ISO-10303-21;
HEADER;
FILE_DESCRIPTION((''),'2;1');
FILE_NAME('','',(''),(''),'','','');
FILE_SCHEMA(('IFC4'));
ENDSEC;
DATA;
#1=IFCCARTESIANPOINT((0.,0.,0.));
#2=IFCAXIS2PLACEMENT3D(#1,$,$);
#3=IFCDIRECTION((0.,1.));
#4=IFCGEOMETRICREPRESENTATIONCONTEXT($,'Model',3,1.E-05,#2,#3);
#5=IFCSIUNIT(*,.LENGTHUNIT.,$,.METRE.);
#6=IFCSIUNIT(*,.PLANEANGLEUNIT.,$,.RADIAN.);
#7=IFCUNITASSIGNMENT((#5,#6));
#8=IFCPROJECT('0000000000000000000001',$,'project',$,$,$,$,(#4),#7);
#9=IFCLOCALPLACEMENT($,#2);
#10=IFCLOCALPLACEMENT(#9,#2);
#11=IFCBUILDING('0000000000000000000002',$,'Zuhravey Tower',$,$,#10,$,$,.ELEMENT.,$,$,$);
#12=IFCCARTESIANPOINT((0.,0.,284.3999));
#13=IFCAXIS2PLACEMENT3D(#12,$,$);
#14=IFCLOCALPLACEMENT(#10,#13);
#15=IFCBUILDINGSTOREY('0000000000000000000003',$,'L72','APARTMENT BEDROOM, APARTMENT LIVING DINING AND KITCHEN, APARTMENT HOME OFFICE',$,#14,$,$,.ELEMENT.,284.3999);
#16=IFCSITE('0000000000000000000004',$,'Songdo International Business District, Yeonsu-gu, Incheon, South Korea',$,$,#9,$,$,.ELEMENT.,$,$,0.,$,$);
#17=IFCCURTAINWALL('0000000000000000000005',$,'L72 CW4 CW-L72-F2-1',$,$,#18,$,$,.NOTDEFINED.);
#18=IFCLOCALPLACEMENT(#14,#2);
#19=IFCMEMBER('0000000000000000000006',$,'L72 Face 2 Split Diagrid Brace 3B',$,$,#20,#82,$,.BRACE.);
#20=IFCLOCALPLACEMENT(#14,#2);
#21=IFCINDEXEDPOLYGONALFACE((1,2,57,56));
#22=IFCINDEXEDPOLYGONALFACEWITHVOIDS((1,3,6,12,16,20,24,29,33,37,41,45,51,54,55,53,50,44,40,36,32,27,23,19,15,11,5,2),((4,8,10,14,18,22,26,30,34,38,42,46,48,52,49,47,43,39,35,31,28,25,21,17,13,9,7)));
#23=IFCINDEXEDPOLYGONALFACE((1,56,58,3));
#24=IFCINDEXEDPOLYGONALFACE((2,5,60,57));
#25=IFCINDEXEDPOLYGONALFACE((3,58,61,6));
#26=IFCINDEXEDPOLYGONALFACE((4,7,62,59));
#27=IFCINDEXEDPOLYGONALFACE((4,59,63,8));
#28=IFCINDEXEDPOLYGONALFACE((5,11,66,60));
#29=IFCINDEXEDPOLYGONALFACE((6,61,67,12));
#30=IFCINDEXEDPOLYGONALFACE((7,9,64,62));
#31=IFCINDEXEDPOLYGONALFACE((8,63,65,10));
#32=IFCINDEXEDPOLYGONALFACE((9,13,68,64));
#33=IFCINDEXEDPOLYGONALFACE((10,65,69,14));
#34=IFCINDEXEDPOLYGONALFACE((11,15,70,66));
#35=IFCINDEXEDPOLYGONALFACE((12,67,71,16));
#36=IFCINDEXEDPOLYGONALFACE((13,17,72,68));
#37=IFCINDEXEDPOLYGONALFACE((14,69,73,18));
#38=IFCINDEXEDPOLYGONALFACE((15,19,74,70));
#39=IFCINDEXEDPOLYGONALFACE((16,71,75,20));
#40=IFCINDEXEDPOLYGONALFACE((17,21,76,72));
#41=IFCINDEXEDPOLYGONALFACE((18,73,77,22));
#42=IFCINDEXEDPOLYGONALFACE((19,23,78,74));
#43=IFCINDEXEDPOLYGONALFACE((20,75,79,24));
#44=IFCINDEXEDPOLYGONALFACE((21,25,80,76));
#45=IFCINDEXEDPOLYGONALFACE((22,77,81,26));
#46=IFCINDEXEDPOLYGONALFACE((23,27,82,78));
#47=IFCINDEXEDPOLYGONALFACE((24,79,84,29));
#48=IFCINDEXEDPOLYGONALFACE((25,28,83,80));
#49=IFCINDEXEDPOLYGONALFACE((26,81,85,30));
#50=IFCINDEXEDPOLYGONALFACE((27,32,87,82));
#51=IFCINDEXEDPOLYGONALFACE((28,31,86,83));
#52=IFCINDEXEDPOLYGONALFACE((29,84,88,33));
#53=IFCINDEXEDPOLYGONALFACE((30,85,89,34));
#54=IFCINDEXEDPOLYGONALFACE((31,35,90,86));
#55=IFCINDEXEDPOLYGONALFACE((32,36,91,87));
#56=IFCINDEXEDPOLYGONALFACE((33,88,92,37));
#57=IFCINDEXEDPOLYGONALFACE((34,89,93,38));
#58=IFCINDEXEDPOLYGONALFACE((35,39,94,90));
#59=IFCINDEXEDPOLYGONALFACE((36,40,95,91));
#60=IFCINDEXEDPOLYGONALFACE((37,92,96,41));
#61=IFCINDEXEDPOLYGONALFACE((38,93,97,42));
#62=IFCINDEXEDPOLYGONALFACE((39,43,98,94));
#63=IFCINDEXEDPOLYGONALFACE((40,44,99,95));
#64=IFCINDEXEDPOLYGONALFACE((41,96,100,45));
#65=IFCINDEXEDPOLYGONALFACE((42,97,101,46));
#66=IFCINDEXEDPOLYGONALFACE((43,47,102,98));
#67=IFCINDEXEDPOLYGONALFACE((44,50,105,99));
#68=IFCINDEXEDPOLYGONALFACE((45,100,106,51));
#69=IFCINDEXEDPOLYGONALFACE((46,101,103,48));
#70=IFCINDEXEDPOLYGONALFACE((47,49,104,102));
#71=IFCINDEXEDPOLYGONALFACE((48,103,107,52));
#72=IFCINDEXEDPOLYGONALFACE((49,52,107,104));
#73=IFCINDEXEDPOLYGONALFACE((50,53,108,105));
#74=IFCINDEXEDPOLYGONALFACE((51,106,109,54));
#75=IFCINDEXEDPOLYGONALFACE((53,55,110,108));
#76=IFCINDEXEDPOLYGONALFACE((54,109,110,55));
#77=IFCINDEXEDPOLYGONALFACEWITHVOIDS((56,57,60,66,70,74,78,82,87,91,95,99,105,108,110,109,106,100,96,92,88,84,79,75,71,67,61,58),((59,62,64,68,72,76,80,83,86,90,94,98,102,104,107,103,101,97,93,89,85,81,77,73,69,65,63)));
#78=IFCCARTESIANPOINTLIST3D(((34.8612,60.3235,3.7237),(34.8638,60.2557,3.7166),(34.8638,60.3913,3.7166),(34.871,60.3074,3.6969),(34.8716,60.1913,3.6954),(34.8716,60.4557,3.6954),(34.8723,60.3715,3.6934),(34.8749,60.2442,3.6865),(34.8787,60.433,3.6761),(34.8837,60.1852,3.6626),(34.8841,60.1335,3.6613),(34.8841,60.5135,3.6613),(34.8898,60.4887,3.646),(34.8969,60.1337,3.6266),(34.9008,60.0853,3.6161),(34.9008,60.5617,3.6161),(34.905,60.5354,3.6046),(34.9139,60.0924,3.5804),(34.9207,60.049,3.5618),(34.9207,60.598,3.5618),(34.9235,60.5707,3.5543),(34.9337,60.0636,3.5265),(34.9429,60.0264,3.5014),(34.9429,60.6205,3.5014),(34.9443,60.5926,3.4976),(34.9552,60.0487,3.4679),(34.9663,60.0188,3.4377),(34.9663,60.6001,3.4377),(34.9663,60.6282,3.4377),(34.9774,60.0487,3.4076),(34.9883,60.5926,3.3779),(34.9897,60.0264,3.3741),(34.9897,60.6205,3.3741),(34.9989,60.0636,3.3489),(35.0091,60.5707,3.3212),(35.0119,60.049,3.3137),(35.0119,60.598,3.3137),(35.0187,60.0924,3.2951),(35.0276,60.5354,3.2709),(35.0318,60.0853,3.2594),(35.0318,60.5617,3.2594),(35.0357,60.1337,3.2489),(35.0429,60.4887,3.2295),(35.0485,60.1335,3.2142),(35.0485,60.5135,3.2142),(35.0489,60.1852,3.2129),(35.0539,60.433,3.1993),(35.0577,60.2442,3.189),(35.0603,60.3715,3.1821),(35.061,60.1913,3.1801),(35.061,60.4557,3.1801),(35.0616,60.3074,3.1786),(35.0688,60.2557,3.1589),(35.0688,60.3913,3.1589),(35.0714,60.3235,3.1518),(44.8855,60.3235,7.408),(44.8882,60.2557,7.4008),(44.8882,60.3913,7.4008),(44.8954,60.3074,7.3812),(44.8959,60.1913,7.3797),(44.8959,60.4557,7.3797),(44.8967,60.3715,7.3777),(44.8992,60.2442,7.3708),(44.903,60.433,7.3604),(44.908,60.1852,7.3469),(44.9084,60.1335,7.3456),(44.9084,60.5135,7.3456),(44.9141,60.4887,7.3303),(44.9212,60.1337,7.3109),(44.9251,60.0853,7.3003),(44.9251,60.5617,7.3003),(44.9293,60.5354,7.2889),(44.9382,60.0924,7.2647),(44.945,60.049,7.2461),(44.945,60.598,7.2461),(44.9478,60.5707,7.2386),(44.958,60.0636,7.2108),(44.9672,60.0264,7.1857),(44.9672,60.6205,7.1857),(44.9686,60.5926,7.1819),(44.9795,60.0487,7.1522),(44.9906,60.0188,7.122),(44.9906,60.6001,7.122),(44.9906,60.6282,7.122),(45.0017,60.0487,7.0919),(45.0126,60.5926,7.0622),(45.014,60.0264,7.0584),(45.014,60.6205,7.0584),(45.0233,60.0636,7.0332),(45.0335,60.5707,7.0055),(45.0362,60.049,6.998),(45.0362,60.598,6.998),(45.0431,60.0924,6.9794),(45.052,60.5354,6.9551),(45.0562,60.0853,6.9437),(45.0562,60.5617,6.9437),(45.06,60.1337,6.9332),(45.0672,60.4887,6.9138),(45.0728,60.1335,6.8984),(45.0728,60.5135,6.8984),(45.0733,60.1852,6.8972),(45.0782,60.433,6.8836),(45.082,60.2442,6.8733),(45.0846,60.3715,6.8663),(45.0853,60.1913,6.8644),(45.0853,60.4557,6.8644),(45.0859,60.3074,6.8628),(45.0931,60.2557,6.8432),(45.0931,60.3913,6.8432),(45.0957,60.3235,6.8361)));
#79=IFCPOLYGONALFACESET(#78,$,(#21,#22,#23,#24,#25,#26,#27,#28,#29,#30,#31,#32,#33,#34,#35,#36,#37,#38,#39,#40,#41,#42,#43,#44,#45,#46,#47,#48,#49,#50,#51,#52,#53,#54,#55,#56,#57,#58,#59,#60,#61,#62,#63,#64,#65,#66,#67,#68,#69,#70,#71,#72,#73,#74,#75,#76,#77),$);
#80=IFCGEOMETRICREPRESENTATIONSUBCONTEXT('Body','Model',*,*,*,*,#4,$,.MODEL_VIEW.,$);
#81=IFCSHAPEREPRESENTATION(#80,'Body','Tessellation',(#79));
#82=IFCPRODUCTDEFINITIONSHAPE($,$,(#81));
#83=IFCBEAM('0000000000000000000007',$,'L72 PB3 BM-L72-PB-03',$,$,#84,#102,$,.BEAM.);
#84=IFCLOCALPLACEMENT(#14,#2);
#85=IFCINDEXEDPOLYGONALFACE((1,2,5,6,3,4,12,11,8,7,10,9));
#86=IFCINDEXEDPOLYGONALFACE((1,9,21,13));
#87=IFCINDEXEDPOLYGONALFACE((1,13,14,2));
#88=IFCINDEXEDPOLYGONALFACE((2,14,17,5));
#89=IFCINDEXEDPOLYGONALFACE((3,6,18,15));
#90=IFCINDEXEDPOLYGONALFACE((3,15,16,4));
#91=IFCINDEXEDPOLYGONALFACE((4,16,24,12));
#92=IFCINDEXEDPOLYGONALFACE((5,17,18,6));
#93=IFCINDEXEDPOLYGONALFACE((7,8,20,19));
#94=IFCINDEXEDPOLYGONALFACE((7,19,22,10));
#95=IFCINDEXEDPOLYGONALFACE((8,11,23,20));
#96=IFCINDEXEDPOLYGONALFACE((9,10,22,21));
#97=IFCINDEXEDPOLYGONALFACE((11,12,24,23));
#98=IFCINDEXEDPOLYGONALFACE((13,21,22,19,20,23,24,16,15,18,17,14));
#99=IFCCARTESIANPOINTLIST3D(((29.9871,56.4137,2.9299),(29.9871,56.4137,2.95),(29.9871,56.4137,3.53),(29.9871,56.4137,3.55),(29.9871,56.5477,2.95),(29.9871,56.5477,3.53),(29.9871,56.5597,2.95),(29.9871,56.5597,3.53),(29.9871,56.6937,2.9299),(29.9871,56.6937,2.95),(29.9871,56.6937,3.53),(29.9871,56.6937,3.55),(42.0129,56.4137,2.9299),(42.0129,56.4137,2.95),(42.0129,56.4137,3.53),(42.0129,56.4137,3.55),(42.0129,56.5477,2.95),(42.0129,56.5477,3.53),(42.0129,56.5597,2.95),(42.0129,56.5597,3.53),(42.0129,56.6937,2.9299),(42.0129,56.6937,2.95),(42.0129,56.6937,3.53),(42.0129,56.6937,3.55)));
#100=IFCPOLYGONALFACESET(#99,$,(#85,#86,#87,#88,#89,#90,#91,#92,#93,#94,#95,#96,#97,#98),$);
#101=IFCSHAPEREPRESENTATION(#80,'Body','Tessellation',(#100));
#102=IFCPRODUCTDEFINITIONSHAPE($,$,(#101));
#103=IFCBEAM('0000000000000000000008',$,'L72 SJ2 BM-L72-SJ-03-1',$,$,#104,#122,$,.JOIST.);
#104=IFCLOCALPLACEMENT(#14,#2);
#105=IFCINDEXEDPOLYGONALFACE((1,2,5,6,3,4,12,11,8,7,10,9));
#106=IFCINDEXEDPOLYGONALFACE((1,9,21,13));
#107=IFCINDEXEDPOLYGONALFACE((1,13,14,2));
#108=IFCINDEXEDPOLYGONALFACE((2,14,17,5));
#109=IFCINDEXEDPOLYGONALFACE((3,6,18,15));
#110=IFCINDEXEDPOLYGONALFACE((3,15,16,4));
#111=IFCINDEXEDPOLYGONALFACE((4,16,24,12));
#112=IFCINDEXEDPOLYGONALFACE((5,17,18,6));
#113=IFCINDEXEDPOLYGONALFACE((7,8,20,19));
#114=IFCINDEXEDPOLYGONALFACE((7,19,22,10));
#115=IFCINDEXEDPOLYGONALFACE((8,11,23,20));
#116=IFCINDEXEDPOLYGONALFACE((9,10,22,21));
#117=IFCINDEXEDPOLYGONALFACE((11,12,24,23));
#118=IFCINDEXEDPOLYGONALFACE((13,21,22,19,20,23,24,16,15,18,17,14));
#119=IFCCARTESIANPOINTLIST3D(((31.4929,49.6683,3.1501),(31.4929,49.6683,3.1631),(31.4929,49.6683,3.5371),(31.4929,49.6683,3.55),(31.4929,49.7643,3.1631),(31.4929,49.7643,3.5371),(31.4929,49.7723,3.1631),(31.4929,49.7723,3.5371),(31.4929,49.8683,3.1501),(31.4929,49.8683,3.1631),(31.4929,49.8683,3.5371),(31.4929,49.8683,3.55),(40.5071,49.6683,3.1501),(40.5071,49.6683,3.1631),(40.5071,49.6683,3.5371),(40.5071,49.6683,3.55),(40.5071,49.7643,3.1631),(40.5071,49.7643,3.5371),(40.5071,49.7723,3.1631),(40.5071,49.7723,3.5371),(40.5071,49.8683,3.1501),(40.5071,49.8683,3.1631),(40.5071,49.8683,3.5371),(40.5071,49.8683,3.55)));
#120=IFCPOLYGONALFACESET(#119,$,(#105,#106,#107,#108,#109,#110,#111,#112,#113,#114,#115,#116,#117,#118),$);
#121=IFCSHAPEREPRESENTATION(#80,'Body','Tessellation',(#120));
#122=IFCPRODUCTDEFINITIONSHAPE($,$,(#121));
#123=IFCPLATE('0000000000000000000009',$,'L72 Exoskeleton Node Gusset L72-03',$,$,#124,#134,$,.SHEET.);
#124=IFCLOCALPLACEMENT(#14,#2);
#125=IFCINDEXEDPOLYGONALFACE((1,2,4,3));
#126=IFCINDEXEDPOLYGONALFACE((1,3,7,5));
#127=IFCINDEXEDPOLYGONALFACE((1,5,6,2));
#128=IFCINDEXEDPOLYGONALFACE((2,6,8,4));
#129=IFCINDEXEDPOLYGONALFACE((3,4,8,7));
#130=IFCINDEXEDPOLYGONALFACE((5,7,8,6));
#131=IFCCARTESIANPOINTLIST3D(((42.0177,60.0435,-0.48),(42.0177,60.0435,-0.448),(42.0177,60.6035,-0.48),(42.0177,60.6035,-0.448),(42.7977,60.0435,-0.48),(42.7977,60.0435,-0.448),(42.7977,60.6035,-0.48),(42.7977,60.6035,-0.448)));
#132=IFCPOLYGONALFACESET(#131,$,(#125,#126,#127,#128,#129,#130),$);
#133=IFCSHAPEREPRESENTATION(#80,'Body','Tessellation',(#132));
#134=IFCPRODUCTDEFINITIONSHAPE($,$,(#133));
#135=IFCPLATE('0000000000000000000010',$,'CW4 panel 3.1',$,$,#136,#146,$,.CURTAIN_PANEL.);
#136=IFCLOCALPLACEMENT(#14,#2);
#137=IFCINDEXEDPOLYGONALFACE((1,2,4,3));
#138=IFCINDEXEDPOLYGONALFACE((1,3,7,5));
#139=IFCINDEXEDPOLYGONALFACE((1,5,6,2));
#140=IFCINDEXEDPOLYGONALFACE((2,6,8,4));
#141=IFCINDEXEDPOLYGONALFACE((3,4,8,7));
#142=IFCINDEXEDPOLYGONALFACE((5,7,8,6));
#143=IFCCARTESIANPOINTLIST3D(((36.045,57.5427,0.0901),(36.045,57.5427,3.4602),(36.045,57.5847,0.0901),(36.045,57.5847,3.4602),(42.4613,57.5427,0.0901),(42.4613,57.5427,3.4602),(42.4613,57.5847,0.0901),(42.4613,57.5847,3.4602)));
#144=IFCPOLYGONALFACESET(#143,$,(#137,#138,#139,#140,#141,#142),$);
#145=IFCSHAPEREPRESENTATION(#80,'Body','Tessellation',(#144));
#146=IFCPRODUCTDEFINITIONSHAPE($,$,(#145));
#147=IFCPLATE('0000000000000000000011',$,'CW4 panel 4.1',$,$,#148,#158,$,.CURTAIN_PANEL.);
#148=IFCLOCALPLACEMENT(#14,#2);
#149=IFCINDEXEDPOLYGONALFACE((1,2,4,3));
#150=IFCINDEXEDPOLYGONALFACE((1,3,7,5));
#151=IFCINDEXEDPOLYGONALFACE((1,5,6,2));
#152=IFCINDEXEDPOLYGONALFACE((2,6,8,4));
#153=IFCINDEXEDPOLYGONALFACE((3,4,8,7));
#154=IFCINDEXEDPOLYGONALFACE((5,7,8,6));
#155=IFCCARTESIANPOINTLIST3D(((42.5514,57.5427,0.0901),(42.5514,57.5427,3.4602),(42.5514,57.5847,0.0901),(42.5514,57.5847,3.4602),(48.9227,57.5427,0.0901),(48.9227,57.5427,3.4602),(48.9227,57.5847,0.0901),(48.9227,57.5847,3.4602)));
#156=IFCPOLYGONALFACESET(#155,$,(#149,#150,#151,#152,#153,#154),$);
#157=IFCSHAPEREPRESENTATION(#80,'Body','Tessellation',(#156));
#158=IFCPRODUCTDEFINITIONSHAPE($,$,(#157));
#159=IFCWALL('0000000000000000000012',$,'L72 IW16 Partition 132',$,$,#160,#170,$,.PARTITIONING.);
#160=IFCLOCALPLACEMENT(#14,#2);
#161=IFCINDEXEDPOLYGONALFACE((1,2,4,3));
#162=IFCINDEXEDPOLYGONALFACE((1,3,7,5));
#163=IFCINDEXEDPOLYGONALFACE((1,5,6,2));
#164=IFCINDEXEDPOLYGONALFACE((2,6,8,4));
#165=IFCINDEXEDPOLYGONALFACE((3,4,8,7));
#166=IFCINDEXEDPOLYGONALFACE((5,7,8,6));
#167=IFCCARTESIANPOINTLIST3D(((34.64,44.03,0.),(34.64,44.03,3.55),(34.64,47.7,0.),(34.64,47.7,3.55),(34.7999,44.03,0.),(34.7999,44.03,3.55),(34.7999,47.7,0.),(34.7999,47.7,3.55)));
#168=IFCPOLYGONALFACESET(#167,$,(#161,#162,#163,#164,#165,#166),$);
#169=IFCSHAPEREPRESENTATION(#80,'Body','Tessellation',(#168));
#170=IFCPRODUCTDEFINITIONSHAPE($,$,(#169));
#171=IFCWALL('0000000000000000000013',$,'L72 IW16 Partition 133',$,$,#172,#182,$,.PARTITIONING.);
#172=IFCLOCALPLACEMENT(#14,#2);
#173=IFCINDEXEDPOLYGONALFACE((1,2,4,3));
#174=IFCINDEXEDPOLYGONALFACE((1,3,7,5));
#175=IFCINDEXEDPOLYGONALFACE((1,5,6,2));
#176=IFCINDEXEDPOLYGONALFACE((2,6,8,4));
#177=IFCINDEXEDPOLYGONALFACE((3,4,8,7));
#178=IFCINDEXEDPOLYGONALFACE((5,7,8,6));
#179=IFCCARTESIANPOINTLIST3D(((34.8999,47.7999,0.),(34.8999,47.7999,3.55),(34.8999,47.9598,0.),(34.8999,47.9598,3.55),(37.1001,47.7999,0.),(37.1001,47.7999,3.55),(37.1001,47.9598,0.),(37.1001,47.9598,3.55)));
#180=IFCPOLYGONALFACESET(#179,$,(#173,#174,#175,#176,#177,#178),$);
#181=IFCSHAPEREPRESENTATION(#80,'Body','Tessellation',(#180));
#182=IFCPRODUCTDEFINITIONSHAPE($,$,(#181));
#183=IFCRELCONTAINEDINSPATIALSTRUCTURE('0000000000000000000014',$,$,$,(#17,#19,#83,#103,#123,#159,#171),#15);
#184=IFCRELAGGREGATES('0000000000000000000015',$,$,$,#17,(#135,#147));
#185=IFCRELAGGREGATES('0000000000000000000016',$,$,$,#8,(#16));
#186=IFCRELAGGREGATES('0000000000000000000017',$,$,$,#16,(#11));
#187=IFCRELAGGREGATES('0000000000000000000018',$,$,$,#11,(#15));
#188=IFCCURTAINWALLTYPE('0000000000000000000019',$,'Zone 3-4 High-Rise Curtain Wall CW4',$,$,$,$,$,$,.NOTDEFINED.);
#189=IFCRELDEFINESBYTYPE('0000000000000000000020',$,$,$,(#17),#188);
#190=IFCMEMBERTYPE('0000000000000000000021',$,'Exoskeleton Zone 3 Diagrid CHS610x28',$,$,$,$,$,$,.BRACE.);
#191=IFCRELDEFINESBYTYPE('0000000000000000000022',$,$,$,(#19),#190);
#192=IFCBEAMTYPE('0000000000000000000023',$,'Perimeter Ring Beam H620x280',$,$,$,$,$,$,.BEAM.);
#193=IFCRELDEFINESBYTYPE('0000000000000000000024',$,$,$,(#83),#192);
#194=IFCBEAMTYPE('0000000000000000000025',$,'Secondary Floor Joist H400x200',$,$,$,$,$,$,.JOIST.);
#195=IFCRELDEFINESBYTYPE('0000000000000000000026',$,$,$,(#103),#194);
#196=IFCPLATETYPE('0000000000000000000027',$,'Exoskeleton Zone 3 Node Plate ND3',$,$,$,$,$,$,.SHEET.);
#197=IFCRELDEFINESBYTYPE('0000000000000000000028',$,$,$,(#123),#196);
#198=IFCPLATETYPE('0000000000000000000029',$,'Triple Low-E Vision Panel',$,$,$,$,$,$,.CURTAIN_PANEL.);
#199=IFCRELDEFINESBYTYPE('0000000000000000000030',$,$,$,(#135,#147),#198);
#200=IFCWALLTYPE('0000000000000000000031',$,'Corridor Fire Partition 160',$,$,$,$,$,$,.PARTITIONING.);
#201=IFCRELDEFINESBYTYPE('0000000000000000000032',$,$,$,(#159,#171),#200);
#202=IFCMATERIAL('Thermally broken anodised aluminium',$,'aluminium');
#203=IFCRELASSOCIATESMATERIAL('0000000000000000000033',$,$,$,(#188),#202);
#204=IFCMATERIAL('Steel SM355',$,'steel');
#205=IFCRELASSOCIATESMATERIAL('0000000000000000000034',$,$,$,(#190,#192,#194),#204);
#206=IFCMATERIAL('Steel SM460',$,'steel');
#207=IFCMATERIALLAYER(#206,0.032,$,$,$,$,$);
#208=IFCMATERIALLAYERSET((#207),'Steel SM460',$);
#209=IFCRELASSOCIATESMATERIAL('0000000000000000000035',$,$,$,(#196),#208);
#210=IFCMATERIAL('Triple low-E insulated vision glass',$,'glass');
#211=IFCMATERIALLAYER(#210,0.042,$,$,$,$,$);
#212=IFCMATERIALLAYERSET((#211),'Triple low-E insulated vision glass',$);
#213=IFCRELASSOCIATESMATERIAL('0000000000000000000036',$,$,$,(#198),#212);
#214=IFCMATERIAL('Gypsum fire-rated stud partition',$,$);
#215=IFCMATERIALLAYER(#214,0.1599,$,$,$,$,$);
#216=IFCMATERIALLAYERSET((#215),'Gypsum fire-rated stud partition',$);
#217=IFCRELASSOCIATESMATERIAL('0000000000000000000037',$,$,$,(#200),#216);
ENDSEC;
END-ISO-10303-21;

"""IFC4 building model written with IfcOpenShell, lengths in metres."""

from ifc_helpers import new_model, si_unit, direction, frame, frame_2d, origin, origin_2d, place, context, subcontext, project, spatial, rectangle, hollow_circle, i_section, extrude, material, layer, layer_set, material_profile, profile_set, type_object, element, aggregate, save


model = new_model("IFC4")

# Units and contexts
model_context = context("Model", 3, precision=1e-05, world=origin(), true_north=direction((0.0, 1.0)))
body_context = subcontext(model_context, "Body", "Model", "MODEL_VIEW")
ifc_project = project(units=[si_unit("LENGTHUNIT", "METRE"), si_unit("PLANEANGLEUNIT", "RADIAN")], contexts=[model_context])

# Site, building, storey
site_placement = place(None, origin())
site = spatial("IfcSite", under=ifc_project, at=site_placement, Name="Songdo International Business District, Yeonsu-gu, Incheon, South Korea", CompositionType="ELEMENT", RefElevation=0.0)
building_placement = place(site_placement, origin())
building = spatial("IfcBuilding", under=site, at=building_placement, Name="Zuhravey Tower", CompositionType="ELEMENT")
storey_placement = place(building_placement, frame((0.0, 0.0, 284.3999)))
storey = spatial("IfcBuildingStorey", under=building, at=storey_placement, Name="L72", Description="APARTMENT BEDROOM, APARTMENT LIVING DINING AND KITCHEN, APARTMENT HOME OFFICE", CompositionType="ELEMENT", Elevation=284.3999)

# Curtain wall
ifc_material_1 = material(Name="Thermally broken anodised aluminium", Category="aluminium")
curtain_wall_type = type_object("IfcCurtainWallType", Name="Zone 3-4 High-Rise Curtain Wall CW4", PredefinedType="NOTDEFINED", material=ifc_material_1)
curtain_wall_placement = place(storey_placement, origin())
curtain_wall = element("IfcCurtainWall", 1, at=curtain_wall_placement, inside=storey, type_object=curtain_wall_type, Name="L72 CW4 CW-L72-F2-1", PredefinedType="NOTDEFINED")

# Member
ifc_material_2 = material(Name="Steel SM355", Category="steel")
ifc_material_profile_1 = material_profile(ifc_material_2, hollow_circle(Radius=0.3047, WallThickness=0.0281, at=origin_2d()), Name="CHS-609.6x28")
ifc_profile_set_1 = profile_set([ifc_material_profile_1], Name="Steel SM355")
member_type_1 = type_object("IfcMemberType", Name="Exoskeleton Zone 3 Diagrid CHS610x28", PredefinedType="BRACE", material=ifc_profile_set_1)
member_1_placement = place(storey_placement, frame((34.9663, 60.3235, 3.4377), z_axis=(0.938613, 0.0, 0.344973), x_axis=(0.0, 1.0, 0.0)))
element("IfcMember", 2, at=member_1_placement, inside=storey, type_object=member_type_1, Name="L72 Face 2 Split Diagrid Brace 3B", PredefinedType="BRACE", context=body_context, shape_type="SweptSolid", body=[
    extrude(hollow_circle(Radius=0.3047, WallThickness=0.0281, at=origin_2d()), origin(), (0.0, 0.0, 1.0), 10.6799),
])

# Beams
ifc_material_profile_2 = material_profile(ifc_material_2, i_section(OverallWidth=0.28, OverallDepth=0.6201, WebThickness=0.012, FlangeThickness=0.02, at=origin_2d()), Name="H-620x280x12x20")
ifc_profile_set_2 = profile_set([ifc_material_profile_2], Name="Steel SM355")
beam_type_1 = type_object("IfcBeamType", Name="Perimeter Ring Beam H620x280", PredefinedType="BEAM", material=ifc_profile_set_2)
beam_1_placement = place(storey_placement, frame((42.0129, 56.5537, 3.24), z_axis=(-1.0, 0.0, 0.0), x_axis=(0.0, -1.0, 0.0)))
element("IfcBeam", 3, at=beam_1_placement, inside=storey, type_object=beam_type_1, Name="L72 PB3 BM-L72-PB-03", PredefinedType="BEAM", context=body_context, shape_type="SweptSolid", body=[
    extrude(i_section(OverallWidth=0.28, OverallDepth=0.6201, WebThickness=0.012, FlangeThickness=0.02, at=origin_2d()), origin(), (0.0, 0.0, 1.0), 12.0259),
])
ifc_material_profile_3 = material_profile(ifc_material_2, i_section(OverallWidth=0.2, OverallDepth=0.3999, WebThickness=0.0081, FlangeThickness=0.0129, at=origin_2d()), Name="H-400x200x8x13")
ifc_profile_set_3 = profile_set([ifc_material_profile_3], Name="Steel SM355")
beam_type_2 = type_object("IfcBeamType", Name="Secondary Floor Joist H400x200", PredefinedType="JOIST", material=ifc_profile_set_3)
beam_2_placement = place(storey_placement, frame((40.5071, 49.7683, 3.3501), z_axis=(-1.0, 0.0, 0.0), x_axis=(0.0, -1.0, 0.0)))
element("IfcBeam", 4, at=beam_2_placement, inside=storey, type_object=beam_type_2, Name="L72 SJ2 BM-L72-SJ-03-1", PredefinedType="JOIST", context=body_context, shape_type="SweptSolid", body=[
    extrude(i_section(OverallWidth=0.2, OverallDepth=0.3999, WebThickness=0.0081, FlangeThickness=0.0129, at=origin_2d()), origin(), (0.0, 0.0, 1.0), 9.0142),
])

# Plates
ifc_material_3 = material(Name="Steel SM460", Category="steel")
ifc_layer_1 = layer(ifc_material_3, 0.032)
ifc_layer_set_1 = layer_set([ifc_layer_1], Name="Steel SM460")
plate_type_1 = type_object("IfcPlateType", Name="Exoskeleton Zone 3 Node Plate ND3", PredefinedType="SHEET", material=ifc_layer_set_1)
plate_1_placement = place(storey_placement, frame((42.4077, 60.3235, -0.48), z_axis=(0.0, 0.0, 1.0), x_axis=(-1.0, 0.0, 0.0)))
element("IfcPlate", 5, at=plate_1_placement, inside=storey, type_object=plate_type_1, Name="L72 Exoskeleton Node Gusset L72-03", PredefinedType="SHEET", context=body_context, shape_type="SweptSolid", body=[
    extrude(rectangle(XDim=0.78, YDim=0.5601, at=origin_2d()), origin(), (0.0, 0.0, 1.0), 0.032),
])
ifc_material_4 = material(Name="Triple low-E insulated vision glass", Category="glass")
ifc_layer_2 = layer(ifc_material_4, 0.042)
ifc_layer_set_2 = layer_set([ifc_layer_2], Name="Triple low-E insulated vision glass")
plate_type_2 = type_object("IfcPlateType", Name="Triple Low-E Vision Panel", PredefinedType="CURTAIN_PANEL", material=ifc_layer_set_2)
plate_2_placement = place(storey_placement, frame((39.2532, 57.5637, 0.0901), z_axis=(0.0, 0.0, 1.0), x_axis=(1.0, 0.0, 0.0)))
plate_2 = element("IfcPlate", 6, at=plate_2_placement, type_object=plate_type_2, Name="CW4 panel 3.1", PredefinedType="CURTAIN_PANEL", context=body_context, shape_type="SweptSolid", body=[
    extrude(rectangle(XDim=6.4163, YDim=0.042, at=origin_2d()), origin(), (0.0, 0.0, 1.0), 3.3701),
])
plate_3_placement = place(storey_placement, frame((45.7371, 57.5637, 0.0901), z_axis=(0.0, 0.0, 1.0), x_axis=(1.0, 0.0, 0.0)))
plate_3 = element("IfcPlate", 7, at=plate_3_placement, type_object=plate_type_2, Name="CW4 panel 4.1", PredefinedType="CURTAIN_PANEL", context=body_context, shape_type="SweptSolid", body=[
    extrude(rectangle(XDim=6.3713, YDim=0.042, at=origin_2d()), origin(), (0.0, 0.0, 1.0), 3.3701),
])
aggregate(curtain_wall, [plate_2, plate_3])

# Walls
ifc_material_5 = material(Name="Gypsum fire-rated stud partition")
ifc_layer_3 = layer(ifc_material_5, 0.1599)
ifc_layer_set_3 = layer_set([ifc_layer_3], Name="Gypsum fire-rated stud partition")
wall_type_1 = type_object("IfcWallType", Name="Corridor Fire Partition 160", PredefinedType="PARTITIONING", material=ifc_layer_set_3)
wall_1_placement = place(storey_placement, frame((34.72, 47.7, 0.0), z_axis=(0.0, 0.0, 1.0), x_axis=(0.0, -1.0, 0.0)))
element("IfcWall", 8, at=wall_1_placement, inside=storey, type_object=wall_type_1, Name="L72 IW16 Partition 132", PredefinedType="PARTITIONING", context=body_context, shape_type="SweptSolid", body=[
    extrude(rectangle(XDim=3.6699, YDim=0.1599, at=frame_2d((1.835, 0.0))), origin(), (0.0, 0.0, 1.0), 3.55),
])
wall_2_placement = place(storey_placement, frame((37.1001, 47.8799, 0.0), z_axis=(0.0, 0.0, 1.0), x_axis=(-1.0, 0.0, 0.0)))
element("IfcWall", 9, at=wall_2_placement, inside=storey, type_object=wall_type_1, Name="L72 IW16 Partition 133", PredefinedType="PARTITIONING", context=body_context, shape_type="SweptSolid", body=[
    extrude(rectangle(XDim=2.2002, YDim=0.1599, at=frame_2d((1.1001, 0.0))), origin(), (0.0, 0.0, 1.0), 3.55),
])

save(model, "model.ifc")
